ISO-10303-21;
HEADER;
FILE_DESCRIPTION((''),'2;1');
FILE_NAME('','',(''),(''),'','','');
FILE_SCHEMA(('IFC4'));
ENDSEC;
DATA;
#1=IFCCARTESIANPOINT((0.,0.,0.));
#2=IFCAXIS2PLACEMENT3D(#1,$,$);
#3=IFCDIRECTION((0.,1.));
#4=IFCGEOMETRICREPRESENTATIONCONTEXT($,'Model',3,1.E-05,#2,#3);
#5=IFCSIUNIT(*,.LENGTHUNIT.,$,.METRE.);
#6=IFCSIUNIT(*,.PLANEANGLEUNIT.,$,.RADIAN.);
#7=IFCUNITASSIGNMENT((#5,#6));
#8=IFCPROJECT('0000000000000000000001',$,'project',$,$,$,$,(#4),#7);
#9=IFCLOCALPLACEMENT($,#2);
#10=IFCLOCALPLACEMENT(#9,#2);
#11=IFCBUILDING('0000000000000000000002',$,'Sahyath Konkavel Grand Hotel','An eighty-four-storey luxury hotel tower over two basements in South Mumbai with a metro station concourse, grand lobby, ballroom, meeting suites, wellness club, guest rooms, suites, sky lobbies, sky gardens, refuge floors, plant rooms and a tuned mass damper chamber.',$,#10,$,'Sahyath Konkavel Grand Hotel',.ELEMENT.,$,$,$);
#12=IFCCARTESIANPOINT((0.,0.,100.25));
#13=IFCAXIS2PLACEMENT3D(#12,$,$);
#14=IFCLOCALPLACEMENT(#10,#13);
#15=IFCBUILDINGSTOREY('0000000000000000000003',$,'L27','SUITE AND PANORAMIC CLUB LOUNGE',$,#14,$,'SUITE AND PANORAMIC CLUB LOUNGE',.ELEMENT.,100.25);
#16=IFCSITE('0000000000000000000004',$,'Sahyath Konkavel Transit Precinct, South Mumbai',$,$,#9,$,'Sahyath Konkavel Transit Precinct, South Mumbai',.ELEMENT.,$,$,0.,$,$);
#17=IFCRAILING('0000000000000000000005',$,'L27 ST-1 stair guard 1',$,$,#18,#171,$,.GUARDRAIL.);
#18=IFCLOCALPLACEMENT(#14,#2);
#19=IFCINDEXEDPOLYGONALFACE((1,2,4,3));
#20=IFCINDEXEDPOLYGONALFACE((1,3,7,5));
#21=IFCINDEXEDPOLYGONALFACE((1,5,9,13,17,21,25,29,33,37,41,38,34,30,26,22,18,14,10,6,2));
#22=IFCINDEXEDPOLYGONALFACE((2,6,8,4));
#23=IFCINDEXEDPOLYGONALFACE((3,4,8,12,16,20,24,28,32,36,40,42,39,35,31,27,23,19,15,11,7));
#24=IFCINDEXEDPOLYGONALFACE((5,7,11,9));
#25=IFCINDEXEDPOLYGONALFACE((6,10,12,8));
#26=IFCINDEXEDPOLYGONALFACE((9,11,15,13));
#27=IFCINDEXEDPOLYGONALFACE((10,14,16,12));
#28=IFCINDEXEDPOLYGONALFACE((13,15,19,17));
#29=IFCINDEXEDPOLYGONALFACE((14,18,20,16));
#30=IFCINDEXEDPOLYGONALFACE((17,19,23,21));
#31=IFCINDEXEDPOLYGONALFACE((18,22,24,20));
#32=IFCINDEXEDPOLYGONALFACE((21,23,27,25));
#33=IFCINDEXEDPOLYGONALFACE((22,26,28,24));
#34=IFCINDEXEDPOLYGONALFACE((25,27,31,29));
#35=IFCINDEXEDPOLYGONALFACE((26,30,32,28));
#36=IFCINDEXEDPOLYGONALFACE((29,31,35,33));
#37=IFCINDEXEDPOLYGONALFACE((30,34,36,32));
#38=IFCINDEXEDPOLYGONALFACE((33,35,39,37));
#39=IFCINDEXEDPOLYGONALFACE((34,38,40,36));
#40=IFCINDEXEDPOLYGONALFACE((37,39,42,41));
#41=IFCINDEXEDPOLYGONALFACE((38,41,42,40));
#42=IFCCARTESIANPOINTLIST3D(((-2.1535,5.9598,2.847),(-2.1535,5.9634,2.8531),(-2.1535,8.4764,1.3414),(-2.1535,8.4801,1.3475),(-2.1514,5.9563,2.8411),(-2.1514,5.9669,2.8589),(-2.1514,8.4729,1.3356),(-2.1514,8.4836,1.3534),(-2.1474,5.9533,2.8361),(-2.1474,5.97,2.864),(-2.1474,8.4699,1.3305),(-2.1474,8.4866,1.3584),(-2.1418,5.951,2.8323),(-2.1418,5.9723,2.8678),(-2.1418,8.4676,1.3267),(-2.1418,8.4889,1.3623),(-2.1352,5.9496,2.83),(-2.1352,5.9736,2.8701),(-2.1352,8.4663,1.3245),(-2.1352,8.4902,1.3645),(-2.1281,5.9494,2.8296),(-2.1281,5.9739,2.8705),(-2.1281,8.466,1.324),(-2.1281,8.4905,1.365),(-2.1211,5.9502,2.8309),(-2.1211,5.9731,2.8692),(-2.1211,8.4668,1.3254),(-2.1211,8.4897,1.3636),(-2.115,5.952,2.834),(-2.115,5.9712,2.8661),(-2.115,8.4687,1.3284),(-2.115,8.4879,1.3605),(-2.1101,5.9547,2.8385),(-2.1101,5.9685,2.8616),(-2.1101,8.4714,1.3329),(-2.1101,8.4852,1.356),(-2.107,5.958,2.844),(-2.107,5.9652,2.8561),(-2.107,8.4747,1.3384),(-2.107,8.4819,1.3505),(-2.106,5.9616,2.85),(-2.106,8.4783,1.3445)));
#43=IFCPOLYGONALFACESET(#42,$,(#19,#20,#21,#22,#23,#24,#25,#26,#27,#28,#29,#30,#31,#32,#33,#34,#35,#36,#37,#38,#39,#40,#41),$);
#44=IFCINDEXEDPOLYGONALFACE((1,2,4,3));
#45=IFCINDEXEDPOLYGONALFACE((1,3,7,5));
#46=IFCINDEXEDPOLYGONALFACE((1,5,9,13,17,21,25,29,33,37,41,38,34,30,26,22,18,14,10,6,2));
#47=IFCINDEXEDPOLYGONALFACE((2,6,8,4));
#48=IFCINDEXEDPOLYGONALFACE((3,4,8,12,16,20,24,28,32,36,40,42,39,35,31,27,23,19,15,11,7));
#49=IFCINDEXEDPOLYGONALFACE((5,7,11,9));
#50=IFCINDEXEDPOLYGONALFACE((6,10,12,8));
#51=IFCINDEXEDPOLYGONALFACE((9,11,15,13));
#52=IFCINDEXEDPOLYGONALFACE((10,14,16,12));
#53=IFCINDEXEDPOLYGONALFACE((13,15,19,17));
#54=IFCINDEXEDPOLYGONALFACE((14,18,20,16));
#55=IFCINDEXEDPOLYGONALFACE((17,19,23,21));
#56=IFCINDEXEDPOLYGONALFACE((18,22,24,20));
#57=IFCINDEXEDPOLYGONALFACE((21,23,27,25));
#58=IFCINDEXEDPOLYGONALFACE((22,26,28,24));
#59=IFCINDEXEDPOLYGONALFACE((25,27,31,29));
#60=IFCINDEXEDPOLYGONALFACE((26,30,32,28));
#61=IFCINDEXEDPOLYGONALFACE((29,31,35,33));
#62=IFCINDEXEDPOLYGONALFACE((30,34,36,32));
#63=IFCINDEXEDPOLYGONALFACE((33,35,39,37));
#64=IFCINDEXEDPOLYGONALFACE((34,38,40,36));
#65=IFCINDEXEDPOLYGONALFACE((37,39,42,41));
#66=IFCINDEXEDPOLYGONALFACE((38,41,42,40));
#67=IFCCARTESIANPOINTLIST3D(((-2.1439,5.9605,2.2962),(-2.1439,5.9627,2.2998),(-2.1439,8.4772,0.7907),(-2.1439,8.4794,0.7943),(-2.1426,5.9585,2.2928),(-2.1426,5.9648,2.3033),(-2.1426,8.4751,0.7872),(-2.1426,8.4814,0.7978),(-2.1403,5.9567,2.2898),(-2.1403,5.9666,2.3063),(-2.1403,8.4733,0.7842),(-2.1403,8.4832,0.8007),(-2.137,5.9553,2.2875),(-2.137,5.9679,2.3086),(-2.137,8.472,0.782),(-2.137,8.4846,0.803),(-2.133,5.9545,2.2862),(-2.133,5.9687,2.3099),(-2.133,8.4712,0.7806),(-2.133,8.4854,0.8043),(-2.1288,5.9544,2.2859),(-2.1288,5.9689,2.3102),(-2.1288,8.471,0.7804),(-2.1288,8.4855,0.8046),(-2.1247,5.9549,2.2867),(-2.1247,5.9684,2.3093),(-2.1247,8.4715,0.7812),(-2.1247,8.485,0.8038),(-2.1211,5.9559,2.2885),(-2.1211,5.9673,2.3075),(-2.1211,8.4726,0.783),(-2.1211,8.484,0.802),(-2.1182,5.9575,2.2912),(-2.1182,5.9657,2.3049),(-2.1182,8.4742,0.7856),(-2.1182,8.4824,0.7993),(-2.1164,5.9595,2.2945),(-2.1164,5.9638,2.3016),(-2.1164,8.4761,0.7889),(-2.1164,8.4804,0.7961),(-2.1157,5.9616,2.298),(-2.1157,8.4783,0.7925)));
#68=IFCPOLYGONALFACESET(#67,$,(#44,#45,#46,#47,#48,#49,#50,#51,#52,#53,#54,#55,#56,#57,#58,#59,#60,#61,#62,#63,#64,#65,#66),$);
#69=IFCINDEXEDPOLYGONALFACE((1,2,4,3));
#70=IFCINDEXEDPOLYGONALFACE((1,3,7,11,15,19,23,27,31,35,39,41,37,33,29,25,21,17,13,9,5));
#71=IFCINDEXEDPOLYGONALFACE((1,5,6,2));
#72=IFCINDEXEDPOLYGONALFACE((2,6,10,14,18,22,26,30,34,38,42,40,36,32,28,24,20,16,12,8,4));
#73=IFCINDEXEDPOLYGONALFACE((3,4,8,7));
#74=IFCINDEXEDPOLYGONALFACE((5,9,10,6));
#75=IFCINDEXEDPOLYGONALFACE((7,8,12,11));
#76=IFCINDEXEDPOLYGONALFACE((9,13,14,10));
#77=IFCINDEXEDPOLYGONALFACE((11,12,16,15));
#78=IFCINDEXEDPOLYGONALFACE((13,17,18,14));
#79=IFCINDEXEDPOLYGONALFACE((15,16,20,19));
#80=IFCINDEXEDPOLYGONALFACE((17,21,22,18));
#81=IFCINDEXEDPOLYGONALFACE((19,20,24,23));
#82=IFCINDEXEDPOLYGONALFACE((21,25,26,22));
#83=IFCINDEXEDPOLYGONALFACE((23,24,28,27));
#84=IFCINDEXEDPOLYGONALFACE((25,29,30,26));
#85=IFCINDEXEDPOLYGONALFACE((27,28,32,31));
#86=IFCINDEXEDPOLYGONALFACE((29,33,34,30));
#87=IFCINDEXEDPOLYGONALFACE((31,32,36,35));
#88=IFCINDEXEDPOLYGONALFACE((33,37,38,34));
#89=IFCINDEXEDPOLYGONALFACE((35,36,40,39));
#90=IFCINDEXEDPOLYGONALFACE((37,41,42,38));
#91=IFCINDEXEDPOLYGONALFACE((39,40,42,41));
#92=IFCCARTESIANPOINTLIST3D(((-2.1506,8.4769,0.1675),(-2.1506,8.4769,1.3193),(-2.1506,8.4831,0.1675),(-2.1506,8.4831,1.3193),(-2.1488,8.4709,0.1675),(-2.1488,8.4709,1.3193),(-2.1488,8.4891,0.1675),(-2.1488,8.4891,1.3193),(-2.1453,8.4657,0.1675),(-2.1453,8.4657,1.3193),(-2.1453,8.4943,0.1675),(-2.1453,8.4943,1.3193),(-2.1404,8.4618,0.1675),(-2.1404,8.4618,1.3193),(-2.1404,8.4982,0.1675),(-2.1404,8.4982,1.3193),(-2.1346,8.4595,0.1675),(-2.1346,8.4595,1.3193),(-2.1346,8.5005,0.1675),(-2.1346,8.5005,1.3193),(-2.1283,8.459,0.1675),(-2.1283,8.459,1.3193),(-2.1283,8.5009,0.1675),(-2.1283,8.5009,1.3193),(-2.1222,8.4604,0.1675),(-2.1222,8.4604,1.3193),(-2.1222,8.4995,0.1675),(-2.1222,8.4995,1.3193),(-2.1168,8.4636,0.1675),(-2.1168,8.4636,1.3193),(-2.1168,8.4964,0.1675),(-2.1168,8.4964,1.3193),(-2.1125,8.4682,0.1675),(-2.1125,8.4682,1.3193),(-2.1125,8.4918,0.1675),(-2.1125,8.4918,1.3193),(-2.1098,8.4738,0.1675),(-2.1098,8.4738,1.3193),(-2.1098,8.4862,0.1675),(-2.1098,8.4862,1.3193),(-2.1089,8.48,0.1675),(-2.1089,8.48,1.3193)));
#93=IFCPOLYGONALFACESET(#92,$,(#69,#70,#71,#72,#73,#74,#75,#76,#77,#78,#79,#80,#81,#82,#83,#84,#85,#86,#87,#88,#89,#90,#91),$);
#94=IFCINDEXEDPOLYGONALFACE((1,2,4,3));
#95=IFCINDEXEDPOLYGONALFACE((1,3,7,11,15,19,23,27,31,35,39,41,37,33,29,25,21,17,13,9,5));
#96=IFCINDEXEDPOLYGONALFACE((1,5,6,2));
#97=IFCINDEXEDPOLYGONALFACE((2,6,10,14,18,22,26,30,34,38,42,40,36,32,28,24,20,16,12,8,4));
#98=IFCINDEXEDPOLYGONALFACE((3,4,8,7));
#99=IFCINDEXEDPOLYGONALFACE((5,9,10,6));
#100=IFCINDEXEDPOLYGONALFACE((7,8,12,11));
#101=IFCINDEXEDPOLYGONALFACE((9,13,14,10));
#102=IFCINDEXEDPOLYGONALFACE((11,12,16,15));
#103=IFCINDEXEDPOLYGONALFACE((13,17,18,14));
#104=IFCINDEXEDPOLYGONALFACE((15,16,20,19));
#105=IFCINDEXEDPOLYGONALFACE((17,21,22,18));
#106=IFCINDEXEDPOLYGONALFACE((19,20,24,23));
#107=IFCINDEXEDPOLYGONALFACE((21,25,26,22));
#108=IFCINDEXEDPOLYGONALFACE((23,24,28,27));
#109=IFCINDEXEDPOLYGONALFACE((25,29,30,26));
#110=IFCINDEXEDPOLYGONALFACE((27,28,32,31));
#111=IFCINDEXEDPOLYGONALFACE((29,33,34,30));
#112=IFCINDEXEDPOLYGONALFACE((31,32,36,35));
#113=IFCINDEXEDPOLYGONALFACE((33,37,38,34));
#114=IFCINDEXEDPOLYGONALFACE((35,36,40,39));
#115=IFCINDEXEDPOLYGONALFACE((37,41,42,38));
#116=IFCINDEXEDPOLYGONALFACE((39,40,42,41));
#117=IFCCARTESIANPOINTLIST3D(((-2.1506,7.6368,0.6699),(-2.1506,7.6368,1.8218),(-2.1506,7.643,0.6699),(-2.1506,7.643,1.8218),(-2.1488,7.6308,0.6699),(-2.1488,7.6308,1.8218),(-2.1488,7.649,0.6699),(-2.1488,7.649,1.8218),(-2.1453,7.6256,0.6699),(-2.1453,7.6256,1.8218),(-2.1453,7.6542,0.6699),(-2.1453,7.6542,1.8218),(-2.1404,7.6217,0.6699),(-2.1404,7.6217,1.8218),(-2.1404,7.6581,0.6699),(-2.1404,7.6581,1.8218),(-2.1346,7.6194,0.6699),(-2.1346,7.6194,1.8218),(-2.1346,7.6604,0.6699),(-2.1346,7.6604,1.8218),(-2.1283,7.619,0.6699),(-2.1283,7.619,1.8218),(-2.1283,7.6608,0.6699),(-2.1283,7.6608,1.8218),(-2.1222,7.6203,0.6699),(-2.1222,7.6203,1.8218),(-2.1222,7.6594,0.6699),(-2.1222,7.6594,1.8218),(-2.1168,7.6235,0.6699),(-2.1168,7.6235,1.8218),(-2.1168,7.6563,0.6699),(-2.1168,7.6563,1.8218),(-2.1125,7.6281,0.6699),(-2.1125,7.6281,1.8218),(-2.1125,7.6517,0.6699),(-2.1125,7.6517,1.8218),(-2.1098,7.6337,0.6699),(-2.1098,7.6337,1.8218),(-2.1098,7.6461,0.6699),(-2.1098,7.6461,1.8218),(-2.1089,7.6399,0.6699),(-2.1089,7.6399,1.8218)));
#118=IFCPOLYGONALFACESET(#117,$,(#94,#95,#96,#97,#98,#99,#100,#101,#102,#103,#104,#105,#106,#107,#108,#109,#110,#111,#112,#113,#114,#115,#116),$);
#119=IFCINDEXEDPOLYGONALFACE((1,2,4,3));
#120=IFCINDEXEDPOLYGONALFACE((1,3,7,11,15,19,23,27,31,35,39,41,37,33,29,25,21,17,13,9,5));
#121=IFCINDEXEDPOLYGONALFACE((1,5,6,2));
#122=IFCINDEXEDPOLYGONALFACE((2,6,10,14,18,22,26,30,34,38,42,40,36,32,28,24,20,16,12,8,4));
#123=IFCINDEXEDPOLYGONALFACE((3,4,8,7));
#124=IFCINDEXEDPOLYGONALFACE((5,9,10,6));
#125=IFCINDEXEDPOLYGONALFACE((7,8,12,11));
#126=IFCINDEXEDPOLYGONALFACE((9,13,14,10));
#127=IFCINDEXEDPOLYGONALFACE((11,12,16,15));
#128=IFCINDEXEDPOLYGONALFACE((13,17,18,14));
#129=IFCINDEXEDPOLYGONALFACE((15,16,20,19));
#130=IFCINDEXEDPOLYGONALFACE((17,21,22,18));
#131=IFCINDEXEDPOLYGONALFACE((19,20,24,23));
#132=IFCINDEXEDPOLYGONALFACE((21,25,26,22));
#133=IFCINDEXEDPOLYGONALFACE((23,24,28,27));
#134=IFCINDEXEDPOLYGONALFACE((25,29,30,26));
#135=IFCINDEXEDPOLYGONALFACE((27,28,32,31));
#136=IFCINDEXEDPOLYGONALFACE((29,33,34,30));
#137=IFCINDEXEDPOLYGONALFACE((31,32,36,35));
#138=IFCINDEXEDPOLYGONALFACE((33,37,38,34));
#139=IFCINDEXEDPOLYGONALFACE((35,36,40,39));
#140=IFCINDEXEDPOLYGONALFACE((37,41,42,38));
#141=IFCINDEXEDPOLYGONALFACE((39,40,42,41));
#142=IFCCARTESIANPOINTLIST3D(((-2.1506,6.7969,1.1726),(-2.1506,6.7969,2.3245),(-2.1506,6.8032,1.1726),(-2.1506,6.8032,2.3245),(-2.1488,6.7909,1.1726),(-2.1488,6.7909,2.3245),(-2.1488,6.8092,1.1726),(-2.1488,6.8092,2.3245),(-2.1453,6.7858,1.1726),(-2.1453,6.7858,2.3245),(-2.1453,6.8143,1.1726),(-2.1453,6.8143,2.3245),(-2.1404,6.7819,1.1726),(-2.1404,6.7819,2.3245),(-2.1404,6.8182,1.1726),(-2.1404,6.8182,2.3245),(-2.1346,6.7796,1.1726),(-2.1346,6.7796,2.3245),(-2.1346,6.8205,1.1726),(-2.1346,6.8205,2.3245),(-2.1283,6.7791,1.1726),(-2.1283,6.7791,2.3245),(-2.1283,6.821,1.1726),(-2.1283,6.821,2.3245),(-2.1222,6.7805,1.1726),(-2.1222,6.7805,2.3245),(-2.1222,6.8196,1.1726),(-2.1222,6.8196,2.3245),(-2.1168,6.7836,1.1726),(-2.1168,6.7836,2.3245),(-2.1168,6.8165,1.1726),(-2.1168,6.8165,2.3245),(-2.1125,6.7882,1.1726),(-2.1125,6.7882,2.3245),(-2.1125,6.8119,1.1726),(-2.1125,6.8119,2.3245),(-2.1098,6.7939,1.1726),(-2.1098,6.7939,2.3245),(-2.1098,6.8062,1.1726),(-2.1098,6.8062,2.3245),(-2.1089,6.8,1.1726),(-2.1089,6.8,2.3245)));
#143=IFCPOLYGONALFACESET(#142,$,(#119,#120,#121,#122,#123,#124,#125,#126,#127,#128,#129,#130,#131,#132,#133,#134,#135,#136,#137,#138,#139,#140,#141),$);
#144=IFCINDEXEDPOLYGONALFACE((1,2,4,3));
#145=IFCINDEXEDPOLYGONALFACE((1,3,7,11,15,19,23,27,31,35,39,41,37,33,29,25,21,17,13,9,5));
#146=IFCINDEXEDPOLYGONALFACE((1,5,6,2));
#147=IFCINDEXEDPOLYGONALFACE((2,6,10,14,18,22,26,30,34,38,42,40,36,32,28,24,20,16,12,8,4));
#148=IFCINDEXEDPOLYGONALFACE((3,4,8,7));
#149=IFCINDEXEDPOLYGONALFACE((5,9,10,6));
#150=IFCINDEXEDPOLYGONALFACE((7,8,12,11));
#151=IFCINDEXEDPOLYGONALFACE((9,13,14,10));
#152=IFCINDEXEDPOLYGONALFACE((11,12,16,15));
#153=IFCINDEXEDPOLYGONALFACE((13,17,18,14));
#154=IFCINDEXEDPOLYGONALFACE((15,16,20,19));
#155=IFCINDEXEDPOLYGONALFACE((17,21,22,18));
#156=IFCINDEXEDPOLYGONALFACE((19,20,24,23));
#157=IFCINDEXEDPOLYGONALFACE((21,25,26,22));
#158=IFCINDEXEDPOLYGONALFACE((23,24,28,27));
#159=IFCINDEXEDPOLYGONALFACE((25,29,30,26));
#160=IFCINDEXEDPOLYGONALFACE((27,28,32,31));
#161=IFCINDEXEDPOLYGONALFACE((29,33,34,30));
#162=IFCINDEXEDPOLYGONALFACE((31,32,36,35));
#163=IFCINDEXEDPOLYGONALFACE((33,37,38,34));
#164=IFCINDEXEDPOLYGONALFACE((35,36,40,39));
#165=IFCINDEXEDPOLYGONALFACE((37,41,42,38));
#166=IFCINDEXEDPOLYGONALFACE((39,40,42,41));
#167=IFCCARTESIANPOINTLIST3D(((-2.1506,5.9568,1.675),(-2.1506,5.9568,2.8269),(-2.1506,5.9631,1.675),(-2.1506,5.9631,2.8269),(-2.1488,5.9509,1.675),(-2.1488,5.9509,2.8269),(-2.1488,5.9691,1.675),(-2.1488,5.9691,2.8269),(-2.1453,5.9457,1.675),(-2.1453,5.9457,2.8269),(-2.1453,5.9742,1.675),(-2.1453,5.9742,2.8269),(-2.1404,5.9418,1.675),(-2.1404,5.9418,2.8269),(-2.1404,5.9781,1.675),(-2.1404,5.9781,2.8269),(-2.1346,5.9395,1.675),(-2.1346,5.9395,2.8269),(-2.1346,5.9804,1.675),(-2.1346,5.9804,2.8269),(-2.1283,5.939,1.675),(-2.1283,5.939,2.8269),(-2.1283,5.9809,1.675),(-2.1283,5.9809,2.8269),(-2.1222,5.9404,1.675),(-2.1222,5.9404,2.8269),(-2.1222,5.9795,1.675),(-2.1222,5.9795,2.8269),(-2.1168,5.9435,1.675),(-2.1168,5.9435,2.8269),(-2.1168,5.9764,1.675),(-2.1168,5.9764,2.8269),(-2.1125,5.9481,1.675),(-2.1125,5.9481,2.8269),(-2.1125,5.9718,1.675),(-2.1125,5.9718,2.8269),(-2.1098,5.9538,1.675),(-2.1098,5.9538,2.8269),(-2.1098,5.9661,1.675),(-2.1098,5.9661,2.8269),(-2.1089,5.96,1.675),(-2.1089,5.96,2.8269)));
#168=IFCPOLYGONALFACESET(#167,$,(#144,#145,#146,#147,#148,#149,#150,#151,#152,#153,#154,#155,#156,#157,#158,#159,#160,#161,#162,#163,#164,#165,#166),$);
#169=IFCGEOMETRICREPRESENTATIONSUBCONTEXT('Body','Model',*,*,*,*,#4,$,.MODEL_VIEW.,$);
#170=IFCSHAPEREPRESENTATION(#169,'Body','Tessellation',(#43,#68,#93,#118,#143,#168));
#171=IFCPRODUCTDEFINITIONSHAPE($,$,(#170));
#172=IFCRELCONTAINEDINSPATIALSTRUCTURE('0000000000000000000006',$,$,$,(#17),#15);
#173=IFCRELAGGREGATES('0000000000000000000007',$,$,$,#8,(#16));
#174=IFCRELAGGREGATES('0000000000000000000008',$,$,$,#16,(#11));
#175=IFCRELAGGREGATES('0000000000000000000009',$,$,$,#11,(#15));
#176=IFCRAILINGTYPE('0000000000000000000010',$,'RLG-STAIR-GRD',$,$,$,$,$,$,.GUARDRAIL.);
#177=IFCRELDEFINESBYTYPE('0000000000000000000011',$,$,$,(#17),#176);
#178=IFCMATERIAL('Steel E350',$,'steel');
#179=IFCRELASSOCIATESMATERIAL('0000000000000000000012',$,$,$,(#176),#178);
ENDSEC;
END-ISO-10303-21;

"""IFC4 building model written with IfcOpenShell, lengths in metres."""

from ifc_helpers import new_model, si_unit, direction, frame, origin, origin_2d, place, context, subcontext, project, spatial, circle, extrude, material, type_object, element, save


model = new_model("IFC4")

# Units and contexts
model_context = context("Model", 3, precision=1e-05, world=origin(), true_north=direction((0.0, 1.0)))
body_context = subcontext(model_context, "Body", "Model", "MODEL_VIEW")
ifc_project = project(units=[si_unit("LENGTHUNIT", "METRE"), si_unit("PLANEANGLEUNIT", "RADIAN")], contexts=[model_context])

# Site, building, storey
site_placement = place(None, origin())
site = spatial("IfcSite", under=ifc_project, at=site_placement, Name="Sahyath Konkavel Transit Precinct, South Mumbai", LongName="Sahyath Konkavel Transit Precinct, South Mumbai", CompositionType="ELEMENT", RefElevation=0.0)
building_placement = place(site_placement, origin())
building = spatial("IfcBuilding", under=site, at=building_placement, Name="Sahyath Konkavel Grand Hotel", Description="An eighty-four-storey luxury hotel tower over two basements in South Mumbai with a metro station concourse, grand lobby, ballroom, meeting suites, wellness club, guest rooms, suites, sky lobbies, sky gardens, refuge floors, plant rooms and a tuned mass damper chamber.", LongName="Sahyath Konkavel Grand Hotel", CompositionType="ELEMENT")
storey_placement = place(building_placement, frame((0.0, 0.0, 100.25)))
storey = spatial("IfcBuildingStorey", under=building, at=storey_placement, Name="L27", Description="SUITE AND PANORAMIC CLUB LOUNGE", LongName="SUITE AND PANORAMIC CLUB LOUNGE", CompositionType="ELEMENT", Elevation=100.25)

# Shared definitions
ifc_material_1 = material(Name="Steel E350", Category="steel")

# Railing
railing_type_1 = type_object("IfcRailingType", Name="RLG-STAIR-GRD", PredefinedType="GUARDRAIL", material=ifc_material_1)
railing_1_placement = place(storey_placement, frame((-2.1299, 8.48, 0.1675)))
element("IfcRailing", 1, at=railing_1_placement, inside=storey, type_object=railing_type_1, Name="L27 ST-1 stair guard 1", PredefinedType="GUARDRAIL", context=body_context, shape_type="SweptSolid", body=[
    extrude(circle(Radius=0.0239, at=origin_2d()), frame((0.0, -0.0017, 1.177), z_axis=(0.0, -0.85816, 0.513383), x_axis=(1.0, 0.0, 0.0)), (0.0, 0.0, 1.0), 2.9326),
    extrude(circle(Radius=0.0142, at=origin_2d()), frame((0.0, -0.0017, 0.625), z_axis=(0.0, -0.85816, 0.513383), x_axis=(1.0, 0.0, 0.0)), (0.0, 0.0, 1.0), 2.9326),
    extrude(circle(Radius=0.021, at=origin_2d()), origin(), (0.0, 0.0, 1.0), 1.1519),
    extrude(circle(Radius=0.021, at=origin_2d()), frame((0.0, -0.8401, 0.5024)), (0.0, 0.0, 1.0), 1.1519),
    extrude(circle(Radius=0.021, at=origin_2d()), frame((0.0, -1.6799, 1.0051)), (0.0, 0.0, 1.0), 1.1519),
    extrude(circle(Radius=0.021, at=origin_2d()), frame((0.0, -2.52, 1.5076)), (0.0, 0.0, 1.0), 1.1519),
])

save(model, "model.ifc")
